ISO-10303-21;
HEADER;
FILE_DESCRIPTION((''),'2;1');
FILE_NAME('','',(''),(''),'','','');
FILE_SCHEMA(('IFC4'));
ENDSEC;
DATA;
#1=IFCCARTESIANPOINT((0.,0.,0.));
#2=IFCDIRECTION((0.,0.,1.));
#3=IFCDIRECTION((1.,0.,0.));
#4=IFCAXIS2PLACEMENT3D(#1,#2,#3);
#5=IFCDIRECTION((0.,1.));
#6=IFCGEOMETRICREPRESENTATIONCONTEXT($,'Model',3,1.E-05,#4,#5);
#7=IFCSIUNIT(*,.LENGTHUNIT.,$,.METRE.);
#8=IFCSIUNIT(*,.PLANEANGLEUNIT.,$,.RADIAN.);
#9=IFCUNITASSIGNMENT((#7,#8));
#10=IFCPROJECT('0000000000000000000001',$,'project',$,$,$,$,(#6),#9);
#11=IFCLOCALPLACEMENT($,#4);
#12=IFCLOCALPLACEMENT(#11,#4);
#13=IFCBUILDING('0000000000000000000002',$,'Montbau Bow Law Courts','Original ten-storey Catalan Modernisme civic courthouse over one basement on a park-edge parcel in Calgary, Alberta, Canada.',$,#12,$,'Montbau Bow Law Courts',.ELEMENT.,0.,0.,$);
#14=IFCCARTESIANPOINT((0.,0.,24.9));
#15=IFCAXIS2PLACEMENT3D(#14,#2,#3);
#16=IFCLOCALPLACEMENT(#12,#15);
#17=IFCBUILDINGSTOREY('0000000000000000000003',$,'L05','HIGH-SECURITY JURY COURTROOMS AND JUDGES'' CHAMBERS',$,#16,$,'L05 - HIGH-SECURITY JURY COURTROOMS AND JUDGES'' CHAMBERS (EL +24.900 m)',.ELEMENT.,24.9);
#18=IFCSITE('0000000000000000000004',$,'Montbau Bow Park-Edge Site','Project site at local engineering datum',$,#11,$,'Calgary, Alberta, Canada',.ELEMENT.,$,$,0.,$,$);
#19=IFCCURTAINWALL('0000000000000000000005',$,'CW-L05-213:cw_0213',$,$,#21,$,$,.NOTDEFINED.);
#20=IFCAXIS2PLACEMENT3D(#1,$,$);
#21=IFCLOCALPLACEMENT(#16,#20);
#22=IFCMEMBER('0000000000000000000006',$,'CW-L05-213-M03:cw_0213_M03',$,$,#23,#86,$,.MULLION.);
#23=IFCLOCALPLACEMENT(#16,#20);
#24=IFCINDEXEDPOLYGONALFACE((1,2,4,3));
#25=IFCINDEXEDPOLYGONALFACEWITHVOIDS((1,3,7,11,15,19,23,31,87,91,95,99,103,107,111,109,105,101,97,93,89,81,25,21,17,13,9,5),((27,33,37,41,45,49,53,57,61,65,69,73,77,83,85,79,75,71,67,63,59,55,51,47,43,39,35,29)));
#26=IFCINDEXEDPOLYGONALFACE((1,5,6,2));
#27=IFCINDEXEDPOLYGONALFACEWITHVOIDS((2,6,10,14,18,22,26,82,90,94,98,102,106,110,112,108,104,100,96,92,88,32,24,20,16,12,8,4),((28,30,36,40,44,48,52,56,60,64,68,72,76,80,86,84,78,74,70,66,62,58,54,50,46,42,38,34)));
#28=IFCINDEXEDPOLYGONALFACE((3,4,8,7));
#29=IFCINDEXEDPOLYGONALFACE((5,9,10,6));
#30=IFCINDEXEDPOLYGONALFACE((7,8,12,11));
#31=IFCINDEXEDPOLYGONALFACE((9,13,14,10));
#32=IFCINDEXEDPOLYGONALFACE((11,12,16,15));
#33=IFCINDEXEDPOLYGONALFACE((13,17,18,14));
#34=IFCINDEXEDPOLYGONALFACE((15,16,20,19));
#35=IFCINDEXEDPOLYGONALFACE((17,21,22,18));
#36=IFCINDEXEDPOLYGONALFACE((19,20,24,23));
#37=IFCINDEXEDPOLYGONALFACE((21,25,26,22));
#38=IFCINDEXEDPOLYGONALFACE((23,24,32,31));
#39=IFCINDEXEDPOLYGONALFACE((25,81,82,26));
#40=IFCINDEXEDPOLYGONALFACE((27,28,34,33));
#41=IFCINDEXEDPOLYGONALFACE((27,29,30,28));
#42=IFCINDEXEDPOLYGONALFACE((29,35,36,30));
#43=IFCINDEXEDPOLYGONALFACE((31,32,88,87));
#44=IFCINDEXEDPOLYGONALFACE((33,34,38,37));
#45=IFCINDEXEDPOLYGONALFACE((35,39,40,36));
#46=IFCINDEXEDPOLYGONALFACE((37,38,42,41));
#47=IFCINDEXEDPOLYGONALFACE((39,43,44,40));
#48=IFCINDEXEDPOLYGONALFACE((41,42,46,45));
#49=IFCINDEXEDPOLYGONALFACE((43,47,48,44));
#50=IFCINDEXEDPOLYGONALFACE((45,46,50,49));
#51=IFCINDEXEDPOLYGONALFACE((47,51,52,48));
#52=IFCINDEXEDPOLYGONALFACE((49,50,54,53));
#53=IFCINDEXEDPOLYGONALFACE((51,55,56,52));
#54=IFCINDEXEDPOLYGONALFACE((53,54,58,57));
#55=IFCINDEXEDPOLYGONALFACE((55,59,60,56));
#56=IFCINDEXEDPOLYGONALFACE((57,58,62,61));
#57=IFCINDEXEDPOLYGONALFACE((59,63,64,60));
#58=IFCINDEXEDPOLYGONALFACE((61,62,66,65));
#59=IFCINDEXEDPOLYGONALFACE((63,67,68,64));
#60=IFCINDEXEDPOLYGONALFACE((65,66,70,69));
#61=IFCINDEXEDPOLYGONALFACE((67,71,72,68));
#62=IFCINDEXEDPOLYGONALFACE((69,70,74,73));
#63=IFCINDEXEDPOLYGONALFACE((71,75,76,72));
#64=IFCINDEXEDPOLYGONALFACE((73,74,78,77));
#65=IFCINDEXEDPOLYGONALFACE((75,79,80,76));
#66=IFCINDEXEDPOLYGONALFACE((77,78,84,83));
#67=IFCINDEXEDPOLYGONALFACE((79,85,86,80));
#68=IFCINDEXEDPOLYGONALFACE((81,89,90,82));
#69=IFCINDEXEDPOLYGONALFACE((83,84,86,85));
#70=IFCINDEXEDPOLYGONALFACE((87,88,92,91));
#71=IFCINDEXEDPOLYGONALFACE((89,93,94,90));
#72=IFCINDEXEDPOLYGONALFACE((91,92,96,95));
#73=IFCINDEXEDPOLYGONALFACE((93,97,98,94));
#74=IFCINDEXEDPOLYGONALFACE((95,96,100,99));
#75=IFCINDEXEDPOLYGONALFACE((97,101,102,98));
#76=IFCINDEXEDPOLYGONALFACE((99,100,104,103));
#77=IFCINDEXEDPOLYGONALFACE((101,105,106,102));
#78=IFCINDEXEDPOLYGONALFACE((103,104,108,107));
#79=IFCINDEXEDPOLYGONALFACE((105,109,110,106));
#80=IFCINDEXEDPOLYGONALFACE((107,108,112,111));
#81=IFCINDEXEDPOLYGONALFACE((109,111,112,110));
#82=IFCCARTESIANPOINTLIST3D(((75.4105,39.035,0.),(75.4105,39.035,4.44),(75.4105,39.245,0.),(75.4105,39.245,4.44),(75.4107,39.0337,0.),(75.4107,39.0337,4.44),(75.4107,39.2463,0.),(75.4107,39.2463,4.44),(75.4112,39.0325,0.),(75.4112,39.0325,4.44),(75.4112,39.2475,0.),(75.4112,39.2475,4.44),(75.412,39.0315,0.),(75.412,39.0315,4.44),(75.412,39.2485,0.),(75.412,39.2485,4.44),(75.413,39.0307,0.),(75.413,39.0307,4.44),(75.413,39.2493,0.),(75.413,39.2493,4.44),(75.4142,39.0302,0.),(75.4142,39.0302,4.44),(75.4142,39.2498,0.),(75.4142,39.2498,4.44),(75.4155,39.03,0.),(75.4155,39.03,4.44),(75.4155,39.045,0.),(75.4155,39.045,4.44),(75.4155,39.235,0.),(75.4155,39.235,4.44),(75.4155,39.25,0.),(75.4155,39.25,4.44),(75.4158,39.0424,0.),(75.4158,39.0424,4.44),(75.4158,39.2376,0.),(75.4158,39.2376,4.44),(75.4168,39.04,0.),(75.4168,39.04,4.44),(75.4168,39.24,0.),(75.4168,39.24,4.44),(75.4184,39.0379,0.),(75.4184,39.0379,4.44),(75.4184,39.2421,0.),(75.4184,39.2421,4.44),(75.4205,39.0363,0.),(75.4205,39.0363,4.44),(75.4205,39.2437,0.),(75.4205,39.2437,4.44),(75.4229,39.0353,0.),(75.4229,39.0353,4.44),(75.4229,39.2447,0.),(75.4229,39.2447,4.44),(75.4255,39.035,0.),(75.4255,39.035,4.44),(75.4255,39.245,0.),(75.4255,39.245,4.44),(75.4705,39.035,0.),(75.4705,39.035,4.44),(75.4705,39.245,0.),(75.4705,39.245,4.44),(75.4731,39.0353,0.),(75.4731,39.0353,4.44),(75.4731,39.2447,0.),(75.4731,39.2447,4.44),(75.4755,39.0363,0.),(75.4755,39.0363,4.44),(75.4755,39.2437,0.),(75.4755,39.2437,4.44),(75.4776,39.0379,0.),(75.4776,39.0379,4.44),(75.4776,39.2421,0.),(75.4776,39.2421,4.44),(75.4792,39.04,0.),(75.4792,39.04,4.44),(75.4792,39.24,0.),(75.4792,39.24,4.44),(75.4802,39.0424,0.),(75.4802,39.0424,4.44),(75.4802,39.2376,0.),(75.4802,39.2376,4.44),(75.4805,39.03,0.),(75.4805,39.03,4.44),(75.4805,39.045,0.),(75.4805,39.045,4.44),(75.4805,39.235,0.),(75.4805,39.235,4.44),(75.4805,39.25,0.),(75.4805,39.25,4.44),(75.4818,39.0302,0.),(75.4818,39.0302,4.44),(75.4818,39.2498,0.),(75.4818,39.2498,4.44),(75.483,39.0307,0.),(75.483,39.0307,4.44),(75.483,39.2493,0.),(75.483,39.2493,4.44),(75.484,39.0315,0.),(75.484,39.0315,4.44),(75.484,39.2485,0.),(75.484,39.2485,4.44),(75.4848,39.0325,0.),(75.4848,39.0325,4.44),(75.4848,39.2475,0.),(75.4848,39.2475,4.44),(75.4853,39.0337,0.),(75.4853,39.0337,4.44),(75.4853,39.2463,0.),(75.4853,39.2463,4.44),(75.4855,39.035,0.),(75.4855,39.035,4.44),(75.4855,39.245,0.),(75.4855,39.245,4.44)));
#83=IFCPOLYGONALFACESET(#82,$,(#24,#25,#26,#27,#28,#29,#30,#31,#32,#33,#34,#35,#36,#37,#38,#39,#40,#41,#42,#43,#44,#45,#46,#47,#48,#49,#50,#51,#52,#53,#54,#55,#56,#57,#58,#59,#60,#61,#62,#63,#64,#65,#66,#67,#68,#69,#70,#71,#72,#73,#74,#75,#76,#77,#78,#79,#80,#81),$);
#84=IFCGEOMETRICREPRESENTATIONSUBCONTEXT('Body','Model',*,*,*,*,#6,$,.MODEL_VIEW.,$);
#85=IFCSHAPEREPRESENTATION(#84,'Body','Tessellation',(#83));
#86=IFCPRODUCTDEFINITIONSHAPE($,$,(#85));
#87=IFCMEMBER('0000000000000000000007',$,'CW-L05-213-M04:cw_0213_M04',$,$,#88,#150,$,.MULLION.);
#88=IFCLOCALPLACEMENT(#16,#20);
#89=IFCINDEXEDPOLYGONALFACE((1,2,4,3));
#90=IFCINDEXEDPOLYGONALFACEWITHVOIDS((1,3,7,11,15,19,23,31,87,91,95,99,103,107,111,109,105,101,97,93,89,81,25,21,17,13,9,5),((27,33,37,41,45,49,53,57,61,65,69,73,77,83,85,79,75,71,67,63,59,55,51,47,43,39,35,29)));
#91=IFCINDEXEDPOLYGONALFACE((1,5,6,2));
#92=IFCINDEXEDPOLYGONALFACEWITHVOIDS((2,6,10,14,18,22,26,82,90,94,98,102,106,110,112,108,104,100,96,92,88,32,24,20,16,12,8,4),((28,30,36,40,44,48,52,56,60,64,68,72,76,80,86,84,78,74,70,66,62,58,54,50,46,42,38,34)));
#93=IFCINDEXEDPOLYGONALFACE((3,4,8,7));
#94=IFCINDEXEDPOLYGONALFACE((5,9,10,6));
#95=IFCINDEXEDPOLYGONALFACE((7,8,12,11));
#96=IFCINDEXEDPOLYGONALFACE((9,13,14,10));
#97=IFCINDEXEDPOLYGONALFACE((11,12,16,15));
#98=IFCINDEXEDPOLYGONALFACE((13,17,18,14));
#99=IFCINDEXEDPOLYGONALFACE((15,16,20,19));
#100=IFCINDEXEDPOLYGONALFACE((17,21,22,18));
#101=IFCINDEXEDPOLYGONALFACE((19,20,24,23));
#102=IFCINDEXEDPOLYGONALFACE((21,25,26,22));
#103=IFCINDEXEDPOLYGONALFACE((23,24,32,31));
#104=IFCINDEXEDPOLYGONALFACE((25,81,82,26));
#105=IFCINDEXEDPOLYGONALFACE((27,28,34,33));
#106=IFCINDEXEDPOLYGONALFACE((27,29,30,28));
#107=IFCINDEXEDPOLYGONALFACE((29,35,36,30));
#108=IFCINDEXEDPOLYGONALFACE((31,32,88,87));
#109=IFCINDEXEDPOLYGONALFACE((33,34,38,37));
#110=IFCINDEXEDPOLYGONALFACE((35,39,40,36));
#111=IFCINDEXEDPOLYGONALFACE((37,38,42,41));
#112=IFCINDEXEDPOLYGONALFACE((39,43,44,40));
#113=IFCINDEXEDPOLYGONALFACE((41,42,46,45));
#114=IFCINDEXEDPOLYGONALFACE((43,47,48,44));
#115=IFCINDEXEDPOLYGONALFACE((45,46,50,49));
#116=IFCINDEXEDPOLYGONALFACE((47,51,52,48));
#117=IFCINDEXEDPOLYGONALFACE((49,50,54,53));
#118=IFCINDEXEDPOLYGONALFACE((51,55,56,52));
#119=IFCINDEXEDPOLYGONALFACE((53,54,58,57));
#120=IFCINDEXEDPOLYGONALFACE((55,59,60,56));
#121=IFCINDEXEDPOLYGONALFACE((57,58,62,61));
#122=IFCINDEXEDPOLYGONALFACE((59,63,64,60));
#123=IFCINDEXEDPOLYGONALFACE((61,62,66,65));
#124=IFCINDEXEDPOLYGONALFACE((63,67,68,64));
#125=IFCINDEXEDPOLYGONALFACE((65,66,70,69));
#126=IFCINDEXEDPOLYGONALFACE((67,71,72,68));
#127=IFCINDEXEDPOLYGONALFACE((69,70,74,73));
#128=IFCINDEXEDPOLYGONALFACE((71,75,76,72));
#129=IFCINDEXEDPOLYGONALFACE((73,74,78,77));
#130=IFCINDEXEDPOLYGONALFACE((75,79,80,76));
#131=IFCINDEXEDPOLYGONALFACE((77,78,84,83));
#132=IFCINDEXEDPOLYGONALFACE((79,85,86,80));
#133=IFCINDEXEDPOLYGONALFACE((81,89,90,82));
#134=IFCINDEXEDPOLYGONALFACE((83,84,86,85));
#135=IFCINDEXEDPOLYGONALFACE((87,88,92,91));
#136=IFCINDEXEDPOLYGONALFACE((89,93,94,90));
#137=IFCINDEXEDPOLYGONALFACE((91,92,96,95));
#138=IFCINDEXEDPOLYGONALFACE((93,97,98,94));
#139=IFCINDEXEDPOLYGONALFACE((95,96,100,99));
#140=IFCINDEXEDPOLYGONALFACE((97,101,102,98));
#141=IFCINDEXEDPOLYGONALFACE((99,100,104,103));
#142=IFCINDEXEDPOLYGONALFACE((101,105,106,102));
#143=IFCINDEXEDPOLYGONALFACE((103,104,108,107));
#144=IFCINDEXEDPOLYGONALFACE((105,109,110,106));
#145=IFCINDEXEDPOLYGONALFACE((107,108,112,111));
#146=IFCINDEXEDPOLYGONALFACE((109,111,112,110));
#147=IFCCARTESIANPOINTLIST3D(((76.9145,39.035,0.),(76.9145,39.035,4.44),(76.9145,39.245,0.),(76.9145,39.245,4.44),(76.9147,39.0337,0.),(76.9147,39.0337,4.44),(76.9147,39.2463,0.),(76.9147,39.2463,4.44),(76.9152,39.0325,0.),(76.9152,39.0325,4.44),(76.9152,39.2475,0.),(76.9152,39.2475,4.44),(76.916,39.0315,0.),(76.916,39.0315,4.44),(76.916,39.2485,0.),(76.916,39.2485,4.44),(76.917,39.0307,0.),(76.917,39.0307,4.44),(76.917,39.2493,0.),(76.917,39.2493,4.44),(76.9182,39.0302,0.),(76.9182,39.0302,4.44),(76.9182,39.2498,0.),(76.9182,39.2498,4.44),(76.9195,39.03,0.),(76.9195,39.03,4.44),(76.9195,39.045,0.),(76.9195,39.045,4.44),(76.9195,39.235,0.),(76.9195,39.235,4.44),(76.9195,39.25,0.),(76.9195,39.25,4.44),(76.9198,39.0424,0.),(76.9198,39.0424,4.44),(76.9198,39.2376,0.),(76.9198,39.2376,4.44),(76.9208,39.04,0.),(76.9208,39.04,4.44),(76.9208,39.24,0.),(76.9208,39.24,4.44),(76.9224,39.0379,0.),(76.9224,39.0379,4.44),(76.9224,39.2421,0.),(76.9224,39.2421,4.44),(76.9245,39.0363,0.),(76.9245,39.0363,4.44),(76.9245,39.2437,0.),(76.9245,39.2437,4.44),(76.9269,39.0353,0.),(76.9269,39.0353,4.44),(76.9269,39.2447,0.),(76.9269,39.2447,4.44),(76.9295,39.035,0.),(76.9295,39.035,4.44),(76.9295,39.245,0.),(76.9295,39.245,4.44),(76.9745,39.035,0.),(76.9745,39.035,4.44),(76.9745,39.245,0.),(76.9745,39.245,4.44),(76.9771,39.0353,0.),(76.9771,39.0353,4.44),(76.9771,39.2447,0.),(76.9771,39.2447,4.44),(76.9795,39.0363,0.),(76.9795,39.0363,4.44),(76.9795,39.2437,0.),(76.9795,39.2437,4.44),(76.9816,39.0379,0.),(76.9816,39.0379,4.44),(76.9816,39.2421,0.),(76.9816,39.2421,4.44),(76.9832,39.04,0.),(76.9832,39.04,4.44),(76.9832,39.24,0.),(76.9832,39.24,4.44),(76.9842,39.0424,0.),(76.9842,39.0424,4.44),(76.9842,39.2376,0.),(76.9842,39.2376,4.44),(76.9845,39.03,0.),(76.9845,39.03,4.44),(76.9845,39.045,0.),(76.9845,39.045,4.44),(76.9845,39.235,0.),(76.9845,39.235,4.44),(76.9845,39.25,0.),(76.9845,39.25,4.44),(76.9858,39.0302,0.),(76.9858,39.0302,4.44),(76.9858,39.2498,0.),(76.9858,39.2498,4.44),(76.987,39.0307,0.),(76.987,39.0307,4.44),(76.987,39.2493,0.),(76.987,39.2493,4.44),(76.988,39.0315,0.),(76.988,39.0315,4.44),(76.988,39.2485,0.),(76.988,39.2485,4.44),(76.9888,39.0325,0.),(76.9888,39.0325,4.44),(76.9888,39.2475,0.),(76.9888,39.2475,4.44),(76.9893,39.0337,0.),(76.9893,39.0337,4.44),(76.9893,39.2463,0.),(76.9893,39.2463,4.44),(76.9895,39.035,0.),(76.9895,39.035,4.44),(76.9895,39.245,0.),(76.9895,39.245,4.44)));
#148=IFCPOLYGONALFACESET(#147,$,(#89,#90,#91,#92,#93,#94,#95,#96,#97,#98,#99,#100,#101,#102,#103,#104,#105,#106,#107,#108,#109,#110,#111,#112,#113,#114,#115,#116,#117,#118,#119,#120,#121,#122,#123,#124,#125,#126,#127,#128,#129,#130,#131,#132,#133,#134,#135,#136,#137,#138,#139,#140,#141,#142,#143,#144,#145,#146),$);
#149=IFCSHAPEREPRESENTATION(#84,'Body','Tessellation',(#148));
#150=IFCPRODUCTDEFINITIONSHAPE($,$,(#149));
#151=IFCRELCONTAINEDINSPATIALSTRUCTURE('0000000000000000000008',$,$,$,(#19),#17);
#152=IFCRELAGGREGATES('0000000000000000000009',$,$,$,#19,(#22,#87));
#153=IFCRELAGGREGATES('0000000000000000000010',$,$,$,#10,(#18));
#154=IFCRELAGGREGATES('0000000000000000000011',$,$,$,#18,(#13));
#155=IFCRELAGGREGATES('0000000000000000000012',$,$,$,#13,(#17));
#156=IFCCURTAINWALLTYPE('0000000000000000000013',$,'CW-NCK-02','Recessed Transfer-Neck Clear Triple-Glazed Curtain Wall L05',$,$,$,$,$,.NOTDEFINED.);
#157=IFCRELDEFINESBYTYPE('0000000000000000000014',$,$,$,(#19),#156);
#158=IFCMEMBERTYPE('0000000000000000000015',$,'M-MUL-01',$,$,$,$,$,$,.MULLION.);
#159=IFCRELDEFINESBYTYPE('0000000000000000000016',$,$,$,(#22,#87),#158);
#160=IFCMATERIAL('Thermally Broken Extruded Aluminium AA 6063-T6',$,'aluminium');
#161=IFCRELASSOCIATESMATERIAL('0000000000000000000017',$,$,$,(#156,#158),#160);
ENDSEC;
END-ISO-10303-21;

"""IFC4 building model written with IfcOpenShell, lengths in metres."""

from ifc_helpers import new_model, si_unit, direction, frame, origin_with_axes, origin_2d_with_axis, place, context, subcontext, project, spatial, hollow_rectangle, extrude, material, material_profile, profile_set, type_object, element, aggregate, save


model = new_model("IFC4")

# Units and contexts
model_context = context("Model", 3, precision=1e-05, world=origin_with_axes(), true_north=direction((0.0, 1.0)))
body_context = subcontext(model_context, "Body", "Model", "MODEL_VIEW")
ifc_project = project(units=[si_unit("LENGTHUNIT", "METRE"), si_unit("PLANEANGLEUNIT", "RADIAN")], contexts=[model_context])

# Site, building, storey
site_placement = place(None, origin_with_axes())
site = spatial("IfcSite", under=ifc_project, at=site_placement, Name="Montbau Bow Park-Edge Site", Description="Project site at local engineering datum", LongName="Calgary, Alberta, Canada", CompositionType="ELEMENT", RefElevation=0.0)
building_placement = place(site_placement, origin_with_axes())
building = spatial("IfcBuilding", under=site, at=building_placement, Name="Montbau Bow Law Courts", Description="Original ten-storey Catalan Modernisme civic courthouse over one basement on a park-edge parcel in Calgary, Alberta, Canada.", LongName="Montbau Bow Law Courts", CompositionType="ELEMENT", ElevationOfRefHeight=0.0, ElevationOfTerrain=0.0)
storey_placement = place(building_placement, frame((0.0, 0.0, 24.9), z_axis=(0.0, 0.0, 1.0), x_axis=(1.0, 0.0, 0.0)))
storey = spatial("IfcBuildingStorey", under=building, at=storey_placement, Name="L05", Description="HIGH-SECURITY JURY COURTROOMS AND JUDGES' CHAMBERS", LongName="L05 - HIGH-SECURITY JURY COURTROOMS AND JUDGES' CHAMBERS (EL +24.900 m)", CompositionType="ELEMENT", Elevation=24.9)

# Curtain wall, members
ifc_material_1 = material(Name="Thermally Broken Extruded Aluminium AA 6063-T6", Category="aluminium")
curtain_wall_type = type_object("IfcCurtainWallType", Name="CW-NCK-02", Description="Recessed Transfer-Neck Clear Triple-Glazed Curtain Wall L05", PredefinedType="NOTDEFINED", material=ifc_material_1)
curtain_wall_placement = place(None, frame((72.44, 39.14, 24.9), z_axis=(0.0, 0.0, 1.0), x_axis=(1.0, 0.0, 0.0)))
curtain_wall = element("IfcCurtainWall", 1, at=curtain_wall_placement, inside=storey, type_object=curtain_wall_type, Name="CW-L05-213:cw_0213", PredefinedType="NOTDEFINED")
ifc_material_profile_1 = material_profile(ifc_material_1, hollow_rectangle(XDim=0.075, YDim=0.22, WallThickness=0.005, InnerFilletRadius=0.01, OuterFilletRadius=0.005, at=origin_2d_with_axis()), Name="CWM-220X75", Category="Main", Priority=0)
ifc_profile_set_1 = profile_set([ifc_material_profile_1], Name="Thermally Broken Extruded Aluminium AA 6063-T6")
member_type_1 = type_object("IfcMemberType", Name="M-MUL-01", PredefinedType="MULLION", material=ifc_profile_set_1)
member_1_placement = place(None, frame((75.448, 39.14, 24.9), z_axis=(0.0, 0.0, 1.0), x_axis=(1.0, 0.0, 0.0)))
member_1 = element("IfcMember", 2, at=member_1_placement, type_object=member_type_1, Name="CW-L05-213-M03:cw_0213_M03", PredefinedType="MULLION", context=body_context, shape_type="SweptSolid", body=[
    extrude(hollow_rectangle(XDim=0.075, YDim=0.22, WallThickness=0.005, InnerFilletRadius=0.01, OuterFilletRadius=0.005, at=origin_2d_with_axis()), origin_with_axes(), (0.0, 0.0, 1.0), 4.44),
])
member_2_placement = place(None, frame((76.952, 39.14, 24.9), z_axis=(0.0, 0.0, 1.0), x_axis=(1.0, 0.0, 0.0)))
member_2 = element("IfcMember", 3, at=member_2_placement, type_object=member_type_1, Name="CW-L05-213-M04:cw_0213_M04", PredefinedType="MULLION", context=body_context, shape_type="SweptSolid", body=[
    extrude(hollow_rectangle(XDim=0.075, YDim=0.22, WallThickness=0.005, InnerFilletRadius=0.01, OuterFilletRadius=0.005, at=origin_2d_with_axis()), origin_with_axes(), (0.0, 0.0, 1.0), 4.44),
])
aggregate(curtain_wall, [member_1, member_2])

save(model, "model.ifc")
